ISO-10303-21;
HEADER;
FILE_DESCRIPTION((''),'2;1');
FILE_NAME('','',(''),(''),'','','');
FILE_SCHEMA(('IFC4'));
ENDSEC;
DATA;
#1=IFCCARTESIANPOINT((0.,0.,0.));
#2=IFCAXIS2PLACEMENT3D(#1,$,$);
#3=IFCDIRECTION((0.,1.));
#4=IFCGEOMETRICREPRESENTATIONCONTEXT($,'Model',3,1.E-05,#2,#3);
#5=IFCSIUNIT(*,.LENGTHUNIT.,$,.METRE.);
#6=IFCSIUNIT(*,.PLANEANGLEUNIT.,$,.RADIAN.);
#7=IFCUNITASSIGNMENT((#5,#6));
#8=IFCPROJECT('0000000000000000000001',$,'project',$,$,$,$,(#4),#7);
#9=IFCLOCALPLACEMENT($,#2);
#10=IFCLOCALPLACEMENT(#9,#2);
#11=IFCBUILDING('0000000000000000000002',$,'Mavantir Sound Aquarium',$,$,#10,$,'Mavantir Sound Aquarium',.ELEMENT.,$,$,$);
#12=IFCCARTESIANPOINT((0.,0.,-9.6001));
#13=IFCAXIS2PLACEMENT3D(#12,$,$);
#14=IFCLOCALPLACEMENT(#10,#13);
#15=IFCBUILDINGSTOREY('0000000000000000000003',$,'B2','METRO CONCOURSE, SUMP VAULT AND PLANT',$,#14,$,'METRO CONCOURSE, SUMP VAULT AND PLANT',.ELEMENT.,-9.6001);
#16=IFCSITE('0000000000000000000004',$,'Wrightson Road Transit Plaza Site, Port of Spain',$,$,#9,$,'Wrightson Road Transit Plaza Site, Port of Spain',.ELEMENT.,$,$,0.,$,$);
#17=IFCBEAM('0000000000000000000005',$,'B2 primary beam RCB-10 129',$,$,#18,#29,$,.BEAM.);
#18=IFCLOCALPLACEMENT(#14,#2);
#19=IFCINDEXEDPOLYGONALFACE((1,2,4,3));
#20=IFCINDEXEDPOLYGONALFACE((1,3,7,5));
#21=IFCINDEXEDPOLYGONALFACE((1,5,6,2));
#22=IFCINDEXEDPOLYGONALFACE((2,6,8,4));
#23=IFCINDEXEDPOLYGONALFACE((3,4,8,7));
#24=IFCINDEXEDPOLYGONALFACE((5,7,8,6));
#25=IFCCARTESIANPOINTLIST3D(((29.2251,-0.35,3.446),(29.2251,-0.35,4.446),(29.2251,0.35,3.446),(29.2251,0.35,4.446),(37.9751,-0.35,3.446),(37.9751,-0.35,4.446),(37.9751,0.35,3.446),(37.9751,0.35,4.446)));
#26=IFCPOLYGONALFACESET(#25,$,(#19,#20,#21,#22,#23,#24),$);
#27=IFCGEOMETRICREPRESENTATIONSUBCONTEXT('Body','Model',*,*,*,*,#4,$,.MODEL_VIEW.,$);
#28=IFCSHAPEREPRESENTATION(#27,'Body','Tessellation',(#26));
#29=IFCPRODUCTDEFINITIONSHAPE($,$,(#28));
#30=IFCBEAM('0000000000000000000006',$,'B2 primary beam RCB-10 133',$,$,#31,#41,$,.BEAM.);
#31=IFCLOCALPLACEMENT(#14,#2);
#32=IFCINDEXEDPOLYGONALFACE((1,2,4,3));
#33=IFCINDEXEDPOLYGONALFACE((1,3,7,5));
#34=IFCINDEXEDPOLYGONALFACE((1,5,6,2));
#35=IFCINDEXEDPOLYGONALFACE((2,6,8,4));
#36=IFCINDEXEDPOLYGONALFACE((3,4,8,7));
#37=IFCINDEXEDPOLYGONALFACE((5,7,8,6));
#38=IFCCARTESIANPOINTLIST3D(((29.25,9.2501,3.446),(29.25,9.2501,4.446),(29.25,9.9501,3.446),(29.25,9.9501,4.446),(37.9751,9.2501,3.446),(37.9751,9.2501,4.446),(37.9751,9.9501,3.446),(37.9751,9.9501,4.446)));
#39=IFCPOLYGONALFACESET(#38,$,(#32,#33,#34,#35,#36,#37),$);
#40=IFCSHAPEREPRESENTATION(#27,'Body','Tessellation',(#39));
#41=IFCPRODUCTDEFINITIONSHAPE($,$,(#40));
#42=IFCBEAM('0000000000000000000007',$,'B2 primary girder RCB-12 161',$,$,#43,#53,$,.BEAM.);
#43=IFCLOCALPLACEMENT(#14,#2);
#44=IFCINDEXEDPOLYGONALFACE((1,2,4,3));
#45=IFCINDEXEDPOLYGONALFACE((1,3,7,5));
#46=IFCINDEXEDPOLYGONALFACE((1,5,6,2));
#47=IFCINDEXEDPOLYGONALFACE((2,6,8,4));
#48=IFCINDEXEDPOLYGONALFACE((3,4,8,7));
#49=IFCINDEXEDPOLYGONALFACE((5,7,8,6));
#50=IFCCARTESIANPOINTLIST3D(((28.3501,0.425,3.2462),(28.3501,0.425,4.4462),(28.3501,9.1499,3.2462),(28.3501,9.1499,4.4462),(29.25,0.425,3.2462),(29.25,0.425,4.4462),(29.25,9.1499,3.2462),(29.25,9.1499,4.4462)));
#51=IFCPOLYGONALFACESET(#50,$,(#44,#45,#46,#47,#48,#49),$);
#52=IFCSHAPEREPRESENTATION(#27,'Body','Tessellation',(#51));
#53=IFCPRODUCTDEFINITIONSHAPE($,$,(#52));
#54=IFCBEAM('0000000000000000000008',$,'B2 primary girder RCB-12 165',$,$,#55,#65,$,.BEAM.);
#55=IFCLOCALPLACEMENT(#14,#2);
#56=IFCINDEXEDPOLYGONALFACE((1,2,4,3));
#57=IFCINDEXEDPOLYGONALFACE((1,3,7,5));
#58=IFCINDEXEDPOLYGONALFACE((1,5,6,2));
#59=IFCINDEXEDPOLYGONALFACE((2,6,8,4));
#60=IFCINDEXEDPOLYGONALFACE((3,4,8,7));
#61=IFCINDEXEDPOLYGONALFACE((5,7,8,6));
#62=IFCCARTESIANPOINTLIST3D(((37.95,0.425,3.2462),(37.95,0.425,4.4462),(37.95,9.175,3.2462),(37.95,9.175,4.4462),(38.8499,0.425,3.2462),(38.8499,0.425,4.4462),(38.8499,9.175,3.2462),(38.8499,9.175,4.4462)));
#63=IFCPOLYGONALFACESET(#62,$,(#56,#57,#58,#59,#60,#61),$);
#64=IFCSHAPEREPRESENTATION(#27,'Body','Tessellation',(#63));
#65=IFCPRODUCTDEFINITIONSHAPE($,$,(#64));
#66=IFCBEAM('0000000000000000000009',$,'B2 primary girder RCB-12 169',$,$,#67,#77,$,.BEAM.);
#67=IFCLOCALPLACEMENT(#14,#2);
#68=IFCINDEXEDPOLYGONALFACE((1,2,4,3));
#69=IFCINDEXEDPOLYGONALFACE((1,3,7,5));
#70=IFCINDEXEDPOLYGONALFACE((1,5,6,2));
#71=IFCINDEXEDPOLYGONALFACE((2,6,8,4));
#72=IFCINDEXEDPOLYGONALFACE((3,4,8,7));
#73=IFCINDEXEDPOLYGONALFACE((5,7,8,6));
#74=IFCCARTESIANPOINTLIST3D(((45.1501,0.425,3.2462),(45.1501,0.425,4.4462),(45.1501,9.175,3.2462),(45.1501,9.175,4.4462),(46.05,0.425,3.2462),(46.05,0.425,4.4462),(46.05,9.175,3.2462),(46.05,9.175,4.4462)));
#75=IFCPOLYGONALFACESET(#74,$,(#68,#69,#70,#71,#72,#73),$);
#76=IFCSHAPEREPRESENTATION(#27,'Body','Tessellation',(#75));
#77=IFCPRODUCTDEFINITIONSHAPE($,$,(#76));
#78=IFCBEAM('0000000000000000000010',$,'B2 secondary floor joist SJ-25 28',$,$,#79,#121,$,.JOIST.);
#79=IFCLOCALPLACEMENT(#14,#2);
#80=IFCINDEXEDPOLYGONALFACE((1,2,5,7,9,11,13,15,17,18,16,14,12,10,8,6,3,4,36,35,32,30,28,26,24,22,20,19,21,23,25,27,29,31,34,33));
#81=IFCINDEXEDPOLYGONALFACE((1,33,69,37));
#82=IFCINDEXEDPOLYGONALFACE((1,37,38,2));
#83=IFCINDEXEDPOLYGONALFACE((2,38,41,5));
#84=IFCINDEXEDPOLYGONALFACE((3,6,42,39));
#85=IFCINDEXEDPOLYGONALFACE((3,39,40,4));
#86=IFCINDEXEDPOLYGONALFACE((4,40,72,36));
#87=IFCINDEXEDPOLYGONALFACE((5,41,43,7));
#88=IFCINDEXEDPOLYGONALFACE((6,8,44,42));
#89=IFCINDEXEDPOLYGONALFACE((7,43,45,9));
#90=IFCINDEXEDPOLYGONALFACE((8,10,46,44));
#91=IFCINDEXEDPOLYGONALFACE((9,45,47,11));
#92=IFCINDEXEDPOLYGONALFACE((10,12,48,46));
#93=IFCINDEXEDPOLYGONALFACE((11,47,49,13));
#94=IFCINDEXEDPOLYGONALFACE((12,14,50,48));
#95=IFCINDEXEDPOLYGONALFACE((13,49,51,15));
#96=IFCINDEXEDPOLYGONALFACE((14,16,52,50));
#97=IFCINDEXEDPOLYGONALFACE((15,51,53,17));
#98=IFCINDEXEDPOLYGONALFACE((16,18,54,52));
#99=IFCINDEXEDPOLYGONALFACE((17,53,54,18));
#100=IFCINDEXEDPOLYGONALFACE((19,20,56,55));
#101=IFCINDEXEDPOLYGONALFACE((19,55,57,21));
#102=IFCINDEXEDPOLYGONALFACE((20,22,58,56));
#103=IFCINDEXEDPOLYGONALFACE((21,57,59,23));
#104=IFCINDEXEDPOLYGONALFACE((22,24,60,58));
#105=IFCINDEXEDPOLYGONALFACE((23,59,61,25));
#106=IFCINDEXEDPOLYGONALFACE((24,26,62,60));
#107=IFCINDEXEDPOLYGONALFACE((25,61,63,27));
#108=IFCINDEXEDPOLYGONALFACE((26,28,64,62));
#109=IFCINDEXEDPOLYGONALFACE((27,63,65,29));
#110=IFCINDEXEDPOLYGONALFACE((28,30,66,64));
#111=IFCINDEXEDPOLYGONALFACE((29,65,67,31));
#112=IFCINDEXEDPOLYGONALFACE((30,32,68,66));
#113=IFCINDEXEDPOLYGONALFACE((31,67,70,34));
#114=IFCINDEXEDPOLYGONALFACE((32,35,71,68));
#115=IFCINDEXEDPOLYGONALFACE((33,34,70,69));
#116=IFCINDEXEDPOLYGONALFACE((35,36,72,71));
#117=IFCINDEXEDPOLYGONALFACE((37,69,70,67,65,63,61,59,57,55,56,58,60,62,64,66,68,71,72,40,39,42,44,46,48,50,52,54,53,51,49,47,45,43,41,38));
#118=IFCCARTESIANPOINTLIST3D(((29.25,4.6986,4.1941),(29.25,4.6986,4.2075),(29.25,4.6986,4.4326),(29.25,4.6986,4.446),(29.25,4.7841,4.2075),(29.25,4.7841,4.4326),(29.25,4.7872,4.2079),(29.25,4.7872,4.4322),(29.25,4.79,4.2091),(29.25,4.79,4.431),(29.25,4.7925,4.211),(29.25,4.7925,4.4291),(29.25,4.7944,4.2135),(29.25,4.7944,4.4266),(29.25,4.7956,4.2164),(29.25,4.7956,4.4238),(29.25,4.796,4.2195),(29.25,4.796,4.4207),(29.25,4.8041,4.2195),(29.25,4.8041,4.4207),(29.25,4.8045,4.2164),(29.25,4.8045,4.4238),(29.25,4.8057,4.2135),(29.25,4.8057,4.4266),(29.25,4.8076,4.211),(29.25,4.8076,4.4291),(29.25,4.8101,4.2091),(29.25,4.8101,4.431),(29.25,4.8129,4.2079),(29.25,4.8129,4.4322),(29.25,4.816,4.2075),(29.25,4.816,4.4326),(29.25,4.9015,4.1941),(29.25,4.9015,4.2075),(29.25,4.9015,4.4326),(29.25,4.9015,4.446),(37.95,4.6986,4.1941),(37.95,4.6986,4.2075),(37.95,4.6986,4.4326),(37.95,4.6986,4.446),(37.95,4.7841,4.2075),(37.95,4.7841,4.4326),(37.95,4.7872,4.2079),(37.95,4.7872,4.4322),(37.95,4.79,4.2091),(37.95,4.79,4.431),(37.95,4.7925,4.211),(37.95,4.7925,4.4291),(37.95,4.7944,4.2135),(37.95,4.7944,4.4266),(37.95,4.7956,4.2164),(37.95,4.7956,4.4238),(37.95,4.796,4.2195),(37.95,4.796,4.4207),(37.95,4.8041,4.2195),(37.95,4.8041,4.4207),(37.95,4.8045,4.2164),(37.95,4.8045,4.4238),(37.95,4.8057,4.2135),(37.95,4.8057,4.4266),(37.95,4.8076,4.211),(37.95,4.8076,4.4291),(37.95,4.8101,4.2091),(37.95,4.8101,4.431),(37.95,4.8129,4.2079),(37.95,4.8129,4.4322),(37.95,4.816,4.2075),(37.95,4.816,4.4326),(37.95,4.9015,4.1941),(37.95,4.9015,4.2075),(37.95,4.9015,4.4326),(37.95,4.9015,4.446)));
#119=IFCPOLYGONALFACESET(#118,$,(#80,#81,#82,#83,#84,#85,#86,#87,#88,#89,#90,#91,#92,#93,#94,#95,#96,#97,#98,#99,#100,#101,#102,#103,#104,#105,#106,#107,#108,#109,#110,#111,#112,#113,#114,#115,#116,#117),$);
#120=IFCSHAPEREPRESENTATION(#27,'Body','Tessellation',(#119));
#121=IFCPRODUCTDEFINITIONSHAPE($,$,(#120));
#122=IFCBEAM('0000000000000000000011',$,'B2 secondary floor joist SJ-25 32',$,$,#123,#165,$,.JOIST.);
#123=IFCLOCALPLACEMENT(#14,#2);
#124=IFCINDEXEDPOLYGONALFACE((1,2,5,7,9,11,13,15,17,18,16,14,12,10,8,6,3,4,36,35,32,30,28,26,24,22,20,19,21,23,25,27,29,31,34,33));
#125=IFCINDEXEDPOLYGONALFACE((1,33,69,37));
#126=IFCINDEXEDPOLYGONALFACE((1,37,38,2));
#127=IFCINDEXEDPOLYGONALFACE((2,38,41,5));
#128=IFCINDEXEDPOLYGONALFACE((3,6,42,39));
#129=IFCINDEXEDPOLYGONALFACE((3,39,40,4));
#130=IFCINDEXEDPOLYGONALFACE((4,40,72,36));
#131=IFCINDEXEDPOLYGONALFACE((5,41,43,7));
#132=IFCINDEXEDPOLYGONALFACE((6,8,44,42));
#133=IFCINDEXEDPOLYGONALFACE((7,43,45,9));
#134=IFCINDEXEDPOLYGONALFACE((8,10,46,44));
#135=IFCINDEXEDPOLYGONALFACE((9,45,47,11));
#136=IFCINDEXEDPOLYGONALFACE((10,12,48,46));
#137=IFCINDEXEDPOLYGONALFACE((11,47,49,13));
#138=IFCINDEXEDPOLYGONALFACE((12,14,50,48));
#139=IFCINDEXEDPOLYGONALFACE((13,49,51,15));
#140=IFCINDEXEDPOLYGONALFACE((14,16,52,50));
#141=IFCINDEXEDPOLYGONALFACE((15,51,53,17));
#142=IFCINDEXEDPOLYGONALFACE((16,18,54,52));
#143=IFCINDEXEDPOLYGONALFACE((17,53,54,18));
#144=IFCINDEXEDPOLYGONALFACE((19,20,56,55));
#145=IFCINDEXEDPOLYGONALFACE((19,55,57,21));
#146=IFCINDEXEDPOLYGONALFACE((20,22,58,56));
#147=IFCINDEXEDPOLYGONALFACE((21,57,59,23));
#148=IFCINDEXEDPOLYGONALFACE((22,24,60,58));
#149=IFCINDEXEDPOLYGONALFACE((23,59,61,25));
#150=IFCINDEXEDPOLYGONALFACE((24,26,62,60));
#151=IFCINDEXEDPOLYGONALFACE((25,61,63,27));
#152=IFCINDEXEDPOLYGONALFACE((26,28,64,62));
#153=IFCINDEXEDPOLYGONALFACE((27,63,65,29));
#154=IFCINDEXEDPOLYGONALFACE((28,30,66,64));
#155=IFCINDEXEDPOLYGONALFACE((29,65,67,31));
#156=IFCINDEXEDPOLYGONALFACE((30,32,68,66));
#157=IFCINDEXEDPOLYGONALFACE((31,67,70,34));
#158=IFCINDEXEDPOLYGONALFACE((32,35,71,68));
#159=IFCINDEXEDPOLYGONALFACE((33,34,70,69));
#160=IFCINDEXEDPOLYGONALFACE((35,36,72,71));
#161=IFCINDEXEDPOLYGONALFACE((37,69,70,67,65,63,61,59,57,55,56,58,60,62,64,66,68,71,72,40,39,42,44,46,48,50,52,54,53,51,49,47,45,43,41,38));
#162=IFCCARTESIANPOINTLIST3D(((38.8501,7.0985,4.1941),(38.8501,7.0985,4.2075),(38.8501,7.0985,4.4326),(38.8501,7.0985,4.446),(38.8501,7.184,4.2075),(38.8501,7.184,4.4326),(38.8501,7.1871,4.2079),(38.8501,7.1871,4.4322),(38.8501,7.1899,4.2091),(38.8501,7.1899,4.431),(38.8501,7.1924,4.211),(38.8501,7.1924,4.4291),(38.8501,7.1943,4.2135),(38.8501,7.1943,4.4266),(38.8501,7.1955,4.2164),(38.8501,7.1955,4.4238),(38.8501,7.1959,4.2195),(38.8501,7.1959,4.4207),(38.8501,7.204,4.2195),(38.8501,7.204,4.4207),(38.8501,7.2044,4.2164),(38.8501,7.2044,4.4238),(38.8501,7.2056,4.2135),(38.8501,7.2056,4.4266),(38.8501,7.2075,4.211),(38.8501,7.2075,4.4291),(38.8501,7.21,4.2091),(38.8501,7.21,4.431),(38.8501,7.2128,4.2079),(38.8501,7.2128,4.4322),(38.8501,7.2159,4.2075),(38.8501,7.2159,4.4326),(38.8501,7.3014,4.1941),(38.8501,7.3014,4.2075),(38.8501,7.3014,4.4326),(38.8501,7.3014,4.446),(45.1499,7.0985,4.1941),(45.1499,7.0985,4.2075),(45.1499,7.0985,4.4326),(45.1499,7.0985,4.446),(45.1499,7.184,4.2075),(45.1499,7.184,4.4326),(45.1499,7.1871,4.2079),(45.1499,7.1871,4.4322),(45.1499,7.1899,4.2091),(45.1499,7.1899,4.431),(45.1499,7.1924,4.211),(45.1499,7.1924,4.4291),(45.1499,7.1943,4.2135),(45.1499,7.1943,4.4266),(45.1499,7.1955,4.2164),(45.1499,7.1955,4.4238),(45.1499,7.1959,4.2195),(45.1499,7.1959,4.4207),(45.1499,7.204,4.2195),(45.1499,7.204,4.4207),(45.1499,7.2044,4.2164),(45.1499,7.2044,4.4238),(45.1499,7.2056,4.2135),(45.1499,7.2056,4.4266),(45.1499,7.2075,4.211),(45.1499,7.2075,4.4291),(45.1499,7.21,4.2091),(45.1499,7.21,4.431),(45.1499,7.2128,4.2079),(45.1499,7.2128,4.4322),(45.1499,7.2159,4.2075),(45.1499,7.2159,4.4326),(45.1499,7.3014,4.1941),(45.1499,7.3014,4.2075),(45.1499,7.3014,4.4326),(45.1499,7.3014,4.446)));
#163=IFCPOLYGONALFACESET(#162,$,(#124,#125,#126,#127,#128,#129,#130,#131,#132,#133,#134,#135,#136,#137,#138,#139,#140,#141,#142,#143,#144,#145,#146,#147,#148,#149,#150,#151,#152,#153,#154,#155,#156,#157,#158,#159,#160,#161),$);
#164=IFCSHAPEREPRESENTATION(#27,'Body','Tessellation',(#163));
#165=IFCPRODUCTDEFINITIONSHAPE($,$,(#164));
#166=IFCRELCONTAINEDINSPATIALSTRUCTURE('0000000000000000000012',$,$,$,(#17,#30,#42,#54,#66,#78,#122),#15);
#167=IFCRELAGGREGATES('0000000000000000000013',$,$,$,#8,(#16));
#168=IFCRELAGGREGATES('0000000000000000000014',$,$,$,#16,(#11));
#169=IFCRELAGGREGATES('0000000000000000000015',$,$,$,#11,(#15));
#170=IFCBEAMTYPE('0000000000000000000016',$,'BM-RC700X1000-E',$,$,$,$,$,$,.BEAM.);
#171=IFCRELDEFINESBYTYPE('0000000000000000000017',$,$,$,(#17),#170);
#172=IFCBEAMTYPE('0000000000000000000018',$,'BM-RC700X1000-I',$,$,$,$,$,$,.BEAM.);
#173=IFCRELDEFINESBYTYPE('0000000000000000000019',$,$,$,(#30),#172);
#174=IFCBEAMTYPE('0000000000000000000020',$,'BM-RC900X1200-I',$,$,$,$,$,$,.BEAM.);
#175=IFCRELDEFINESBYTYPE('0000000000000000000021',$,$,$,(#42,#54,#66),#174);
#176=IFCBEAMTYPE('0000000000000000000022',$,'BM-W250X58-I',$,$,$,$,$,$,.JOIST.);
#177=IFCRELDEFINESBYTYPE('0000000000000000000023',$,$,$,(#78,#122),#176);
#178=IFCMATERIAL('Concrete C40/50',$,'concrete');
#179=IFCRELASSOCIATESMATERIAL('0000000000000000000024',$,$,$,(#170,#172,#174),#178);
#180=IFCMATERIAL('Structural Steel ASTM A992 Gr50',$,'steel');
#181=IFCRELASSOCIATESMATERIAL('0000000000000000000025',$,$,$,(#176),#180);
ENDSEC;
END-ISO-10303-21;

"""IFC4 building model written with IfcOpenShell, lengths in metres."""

from ifc_helpers import new_model, si_unit, direction, frame, origin, origin_2d, place, context, subcontext, project, spatial, rectangle, i_section, extrude, material, material_profile, profile_set, type_object, element, save


model = new_model("IFC4")

# Units and contexts
model_context = context("Model", 3, precision=1e-05, world=origin(), true_north=direction((0.0, 1.0)))
body_context = subcontext(model_context, "Body", "Model", "MODEL_VIEW")
ifc_project = project(units=[si_unit("LENGTHUNIT", "METRE"), si_unit("PLANEANGLEUNIT", "RADIAN")], contexts=[model_context])

# Site, building, storey
site_placement = place(None, origin())
site = spatial("IfcSite", under=ifc_project, at=site_placement, Name="Wrightson Road Transit Plaza Site, Port of Spain", LongName="Wrightson Road Transit Plaza Site, Port of Spain", CompositionType="ELEMENT", RefElevation=0.0)
building_placement = place(site_placement, origin())
building = spatial("IfcBuilding", under=site, at=building_placement, Name="Mavantir Sound Aquarium", LongName="Mavantir Sound Aquarium", CompositionType="ELEMENT")
storey_placement = place(building_placement, frame((0.0, 0.0, -9.6001)))
storey = spatial("IfcBuildingStorey", under=building, at=storey_placement, Name="B2", Description="METRO CONCOURSE, SUMP VAULT AND PLANT", LongName="METRO CONCOURSE, SUMP VAULT AND PLANT", CompositionType="ELEMENT", Elevation=-9.6001)

# Shared definitions
ifc_material_1 = material(Name="Concrete C40/50", Category="concrete")

# Beams
ifc_material_profile_1 = material_profile(ifc_material_1, rectangle(XDim=0.7, YDim=1.0, at=origin_2d()), Name="RC 700X1000")
ifc_profile_set_1 = profile_set([ifc_material_profile_1], Name="Concrete C40/50")
beam_type_1 = type_object("IfcBeamType", Name="BM-RC700X1000-E", PredefinedType="BEAM", material=ifc_profile_set_1)
beam_1_placement = place(storey_placement, frame((29.2251, 0.0, 3.946), z_axis=(1.0, 0.0, 0.0), x_axis=(0.0, 1.0, 0.0)))
element("IfcBeam", 1, at=beam_1_placement, inside=storey, type_object=beam_type_1, Name="B2 primary beam RCB-10 129", PredefinedType="BEAM", context=body_context, shape_type="SweptSolid", body=[
    extrude(rectangle(XDim=0.7, YDim=1.0, at=origin_2d()), origin(), (0.0, 0.0, 1.0), 8.75),
])
ifc_material_profile_2 = material_profile(ifc_material_1, rectangle(XDim=0.7, YDim=1.0, at=origin_2d()), Name="RC 700X1000")
ifc_profile_set_2 = profile_set([ifc_material_profile_2], Name="Concrete C40/50")
beam_type_2 = type_object("IfcBeamType", Name="BM-RC700X1000-I", PredefinedType="BEAM", material=ifc_profile_set_2)
beam_2_placement = place(storey_placement, frame((29.25, 9.6001, 3.946), z_axis=(1.0, 0.0, 0.0), x_axis=(0.0, 1.0, 0.0)))
element("IfcBeam", 2, at=beam_2_placement, inside=storey, type_object=beam_type_2, Name="B2 primary beam RCB-10 133", PredefinedType="BEAM", context=body_context, shape_type="SweptSolid", body=[
    extrude(rectangle(XDim=0.7, YDim=1.0, at=origin_2d()), origin(), (0.0, 0.0, 1.0), 8.7251),
])
ifc_material_profile_3 = material_profile(ifc_material_1, rectangle(XDim=0.8999, YDim=1.2, at=origin_2d()), Name="RC 900X1200")
ifc_profile_set_3 = profile_set([ifc_material_profile_3], Name="Concrete C40/50")
beam_type_3 = type_object("IfcBeamType", Name="BM-RC900X1200-I", PredefinedType="BEAM", material=ifc_profile_set_3)
beam_3_placement = place(storey_placement, frame((28.8, 0.425, 3.8462), z_axis=(0.0, 1.0, 0.0), x_axis=(-1.0, 0.0, 0.0)))
element("IfcBeam", 3, at=beam_3_placement, inside=storey, type_object=beam_type_3, Name="B2 primary girder RCB-12 161", PredefinedType="BEAM", context=body_context, shape_type="SweptSolid", body=[
    extrude(rectangle(XDim=0.8999, YDim=1.2, at=origin_2d()), origin(), (0.0, 0.0, 1.0), 8.7249),
])
for number, where, z_axis, x_axis, name in (
    (4, (38.3999, 0.425, 3.8462), (0.0, 1.0, 0.0), (-1.0, 0.0, 0.0), "B2 primary girder RCB-12 165"),
    (5, (45.6001, 0.425, 3.8462), (0.0, 1.0, 0.0), (-1.0, 0.0, 0.0), "B2 primary girder RCB-12 169"),
):
    element("IfcBeam", number, at=place(storey_placement, frame(where, z_axis=z_axis, x_axis=x_axis)), inside=storey, type_object=beam_type_3, Name=name, PredefinedType="BEAM", context=body_context, shape_type="SweptSolid", body=[
        extrude(rectangle(XDim=0.8999, YDim=1.2, at=origin_2d()), origin(), (0.0, 0.0, 1.0), 8.75),
    ])
ifc_material_2 = material(Name="Structural Steel ASTM A992 Gr50", Category="steel")
ifc_material_profile_4 = material_profile(ifc_material_2, i_section(OverallWidth=0.2029, OverallDepth=0.252, WebThickness=0.0081, FlangeThickness=0.0134, FilletRadius=0.012, at=origin_2d()), Name="W250X58")
ifc_profile_set_4 = profile_set([ifc_material_profile_4], Name="Structural Steel ASTM A992 Gr50")
beam_type_4 = type_object("IfcBeamType", Name="BM-W250X58-I", PredefinedType="JOIST", material=ifc_profile_set_4)
beam_4_placement = place(storey_placement, frame((29.25, 4.8, 4.3201), z_axis=(1.0, 0.0, 0.0), x_axis=(0.0, 1.0, 0.0)))
element("IfcBeam", 6, at=beam_4_placement, inside=storey, type_object=beam_type_4, Name="B2 secondary floor joist SJ-25 28", PredefinedType="JOIST", context=body_context, shape_type="SweptSolid", body=[
    extrude(i_section(OverallWidth=0.2029, OverallDepth=0.252, WebThickness=0.0081, FlangeThickness=0.0134, FilletRadius=0.012, at=origin_2d()), origin(), (0.0, 0.0, 1.0), 8.7),
])
beam_5_placement = place(storey_placement, frame((38.8501, 7.2, 4.3201), z_axis=(1.0, 0.0, 0.0), x_axis=(0.0, 1.0, 0.0)))
element("IfcBeam", 7, at=beam_5_placement, inside=storey, type_object=beam_type_4, Name="B2 secondary floor joist SJ-25 32", PredefinedType="JOIST", context=body_context, shape_type="SweptSolid", body=[
    extrude(i_section(OverallWidth=0.2029, OverallDepth=0.252, WebThickness=0.0081, FlangeThickness=0.0134, FilletRadius=0.012, at=origin_2d()), origin(), (0.0, 0.0, 1.0), 6.2998),
])

save(model, "model.ifc")
